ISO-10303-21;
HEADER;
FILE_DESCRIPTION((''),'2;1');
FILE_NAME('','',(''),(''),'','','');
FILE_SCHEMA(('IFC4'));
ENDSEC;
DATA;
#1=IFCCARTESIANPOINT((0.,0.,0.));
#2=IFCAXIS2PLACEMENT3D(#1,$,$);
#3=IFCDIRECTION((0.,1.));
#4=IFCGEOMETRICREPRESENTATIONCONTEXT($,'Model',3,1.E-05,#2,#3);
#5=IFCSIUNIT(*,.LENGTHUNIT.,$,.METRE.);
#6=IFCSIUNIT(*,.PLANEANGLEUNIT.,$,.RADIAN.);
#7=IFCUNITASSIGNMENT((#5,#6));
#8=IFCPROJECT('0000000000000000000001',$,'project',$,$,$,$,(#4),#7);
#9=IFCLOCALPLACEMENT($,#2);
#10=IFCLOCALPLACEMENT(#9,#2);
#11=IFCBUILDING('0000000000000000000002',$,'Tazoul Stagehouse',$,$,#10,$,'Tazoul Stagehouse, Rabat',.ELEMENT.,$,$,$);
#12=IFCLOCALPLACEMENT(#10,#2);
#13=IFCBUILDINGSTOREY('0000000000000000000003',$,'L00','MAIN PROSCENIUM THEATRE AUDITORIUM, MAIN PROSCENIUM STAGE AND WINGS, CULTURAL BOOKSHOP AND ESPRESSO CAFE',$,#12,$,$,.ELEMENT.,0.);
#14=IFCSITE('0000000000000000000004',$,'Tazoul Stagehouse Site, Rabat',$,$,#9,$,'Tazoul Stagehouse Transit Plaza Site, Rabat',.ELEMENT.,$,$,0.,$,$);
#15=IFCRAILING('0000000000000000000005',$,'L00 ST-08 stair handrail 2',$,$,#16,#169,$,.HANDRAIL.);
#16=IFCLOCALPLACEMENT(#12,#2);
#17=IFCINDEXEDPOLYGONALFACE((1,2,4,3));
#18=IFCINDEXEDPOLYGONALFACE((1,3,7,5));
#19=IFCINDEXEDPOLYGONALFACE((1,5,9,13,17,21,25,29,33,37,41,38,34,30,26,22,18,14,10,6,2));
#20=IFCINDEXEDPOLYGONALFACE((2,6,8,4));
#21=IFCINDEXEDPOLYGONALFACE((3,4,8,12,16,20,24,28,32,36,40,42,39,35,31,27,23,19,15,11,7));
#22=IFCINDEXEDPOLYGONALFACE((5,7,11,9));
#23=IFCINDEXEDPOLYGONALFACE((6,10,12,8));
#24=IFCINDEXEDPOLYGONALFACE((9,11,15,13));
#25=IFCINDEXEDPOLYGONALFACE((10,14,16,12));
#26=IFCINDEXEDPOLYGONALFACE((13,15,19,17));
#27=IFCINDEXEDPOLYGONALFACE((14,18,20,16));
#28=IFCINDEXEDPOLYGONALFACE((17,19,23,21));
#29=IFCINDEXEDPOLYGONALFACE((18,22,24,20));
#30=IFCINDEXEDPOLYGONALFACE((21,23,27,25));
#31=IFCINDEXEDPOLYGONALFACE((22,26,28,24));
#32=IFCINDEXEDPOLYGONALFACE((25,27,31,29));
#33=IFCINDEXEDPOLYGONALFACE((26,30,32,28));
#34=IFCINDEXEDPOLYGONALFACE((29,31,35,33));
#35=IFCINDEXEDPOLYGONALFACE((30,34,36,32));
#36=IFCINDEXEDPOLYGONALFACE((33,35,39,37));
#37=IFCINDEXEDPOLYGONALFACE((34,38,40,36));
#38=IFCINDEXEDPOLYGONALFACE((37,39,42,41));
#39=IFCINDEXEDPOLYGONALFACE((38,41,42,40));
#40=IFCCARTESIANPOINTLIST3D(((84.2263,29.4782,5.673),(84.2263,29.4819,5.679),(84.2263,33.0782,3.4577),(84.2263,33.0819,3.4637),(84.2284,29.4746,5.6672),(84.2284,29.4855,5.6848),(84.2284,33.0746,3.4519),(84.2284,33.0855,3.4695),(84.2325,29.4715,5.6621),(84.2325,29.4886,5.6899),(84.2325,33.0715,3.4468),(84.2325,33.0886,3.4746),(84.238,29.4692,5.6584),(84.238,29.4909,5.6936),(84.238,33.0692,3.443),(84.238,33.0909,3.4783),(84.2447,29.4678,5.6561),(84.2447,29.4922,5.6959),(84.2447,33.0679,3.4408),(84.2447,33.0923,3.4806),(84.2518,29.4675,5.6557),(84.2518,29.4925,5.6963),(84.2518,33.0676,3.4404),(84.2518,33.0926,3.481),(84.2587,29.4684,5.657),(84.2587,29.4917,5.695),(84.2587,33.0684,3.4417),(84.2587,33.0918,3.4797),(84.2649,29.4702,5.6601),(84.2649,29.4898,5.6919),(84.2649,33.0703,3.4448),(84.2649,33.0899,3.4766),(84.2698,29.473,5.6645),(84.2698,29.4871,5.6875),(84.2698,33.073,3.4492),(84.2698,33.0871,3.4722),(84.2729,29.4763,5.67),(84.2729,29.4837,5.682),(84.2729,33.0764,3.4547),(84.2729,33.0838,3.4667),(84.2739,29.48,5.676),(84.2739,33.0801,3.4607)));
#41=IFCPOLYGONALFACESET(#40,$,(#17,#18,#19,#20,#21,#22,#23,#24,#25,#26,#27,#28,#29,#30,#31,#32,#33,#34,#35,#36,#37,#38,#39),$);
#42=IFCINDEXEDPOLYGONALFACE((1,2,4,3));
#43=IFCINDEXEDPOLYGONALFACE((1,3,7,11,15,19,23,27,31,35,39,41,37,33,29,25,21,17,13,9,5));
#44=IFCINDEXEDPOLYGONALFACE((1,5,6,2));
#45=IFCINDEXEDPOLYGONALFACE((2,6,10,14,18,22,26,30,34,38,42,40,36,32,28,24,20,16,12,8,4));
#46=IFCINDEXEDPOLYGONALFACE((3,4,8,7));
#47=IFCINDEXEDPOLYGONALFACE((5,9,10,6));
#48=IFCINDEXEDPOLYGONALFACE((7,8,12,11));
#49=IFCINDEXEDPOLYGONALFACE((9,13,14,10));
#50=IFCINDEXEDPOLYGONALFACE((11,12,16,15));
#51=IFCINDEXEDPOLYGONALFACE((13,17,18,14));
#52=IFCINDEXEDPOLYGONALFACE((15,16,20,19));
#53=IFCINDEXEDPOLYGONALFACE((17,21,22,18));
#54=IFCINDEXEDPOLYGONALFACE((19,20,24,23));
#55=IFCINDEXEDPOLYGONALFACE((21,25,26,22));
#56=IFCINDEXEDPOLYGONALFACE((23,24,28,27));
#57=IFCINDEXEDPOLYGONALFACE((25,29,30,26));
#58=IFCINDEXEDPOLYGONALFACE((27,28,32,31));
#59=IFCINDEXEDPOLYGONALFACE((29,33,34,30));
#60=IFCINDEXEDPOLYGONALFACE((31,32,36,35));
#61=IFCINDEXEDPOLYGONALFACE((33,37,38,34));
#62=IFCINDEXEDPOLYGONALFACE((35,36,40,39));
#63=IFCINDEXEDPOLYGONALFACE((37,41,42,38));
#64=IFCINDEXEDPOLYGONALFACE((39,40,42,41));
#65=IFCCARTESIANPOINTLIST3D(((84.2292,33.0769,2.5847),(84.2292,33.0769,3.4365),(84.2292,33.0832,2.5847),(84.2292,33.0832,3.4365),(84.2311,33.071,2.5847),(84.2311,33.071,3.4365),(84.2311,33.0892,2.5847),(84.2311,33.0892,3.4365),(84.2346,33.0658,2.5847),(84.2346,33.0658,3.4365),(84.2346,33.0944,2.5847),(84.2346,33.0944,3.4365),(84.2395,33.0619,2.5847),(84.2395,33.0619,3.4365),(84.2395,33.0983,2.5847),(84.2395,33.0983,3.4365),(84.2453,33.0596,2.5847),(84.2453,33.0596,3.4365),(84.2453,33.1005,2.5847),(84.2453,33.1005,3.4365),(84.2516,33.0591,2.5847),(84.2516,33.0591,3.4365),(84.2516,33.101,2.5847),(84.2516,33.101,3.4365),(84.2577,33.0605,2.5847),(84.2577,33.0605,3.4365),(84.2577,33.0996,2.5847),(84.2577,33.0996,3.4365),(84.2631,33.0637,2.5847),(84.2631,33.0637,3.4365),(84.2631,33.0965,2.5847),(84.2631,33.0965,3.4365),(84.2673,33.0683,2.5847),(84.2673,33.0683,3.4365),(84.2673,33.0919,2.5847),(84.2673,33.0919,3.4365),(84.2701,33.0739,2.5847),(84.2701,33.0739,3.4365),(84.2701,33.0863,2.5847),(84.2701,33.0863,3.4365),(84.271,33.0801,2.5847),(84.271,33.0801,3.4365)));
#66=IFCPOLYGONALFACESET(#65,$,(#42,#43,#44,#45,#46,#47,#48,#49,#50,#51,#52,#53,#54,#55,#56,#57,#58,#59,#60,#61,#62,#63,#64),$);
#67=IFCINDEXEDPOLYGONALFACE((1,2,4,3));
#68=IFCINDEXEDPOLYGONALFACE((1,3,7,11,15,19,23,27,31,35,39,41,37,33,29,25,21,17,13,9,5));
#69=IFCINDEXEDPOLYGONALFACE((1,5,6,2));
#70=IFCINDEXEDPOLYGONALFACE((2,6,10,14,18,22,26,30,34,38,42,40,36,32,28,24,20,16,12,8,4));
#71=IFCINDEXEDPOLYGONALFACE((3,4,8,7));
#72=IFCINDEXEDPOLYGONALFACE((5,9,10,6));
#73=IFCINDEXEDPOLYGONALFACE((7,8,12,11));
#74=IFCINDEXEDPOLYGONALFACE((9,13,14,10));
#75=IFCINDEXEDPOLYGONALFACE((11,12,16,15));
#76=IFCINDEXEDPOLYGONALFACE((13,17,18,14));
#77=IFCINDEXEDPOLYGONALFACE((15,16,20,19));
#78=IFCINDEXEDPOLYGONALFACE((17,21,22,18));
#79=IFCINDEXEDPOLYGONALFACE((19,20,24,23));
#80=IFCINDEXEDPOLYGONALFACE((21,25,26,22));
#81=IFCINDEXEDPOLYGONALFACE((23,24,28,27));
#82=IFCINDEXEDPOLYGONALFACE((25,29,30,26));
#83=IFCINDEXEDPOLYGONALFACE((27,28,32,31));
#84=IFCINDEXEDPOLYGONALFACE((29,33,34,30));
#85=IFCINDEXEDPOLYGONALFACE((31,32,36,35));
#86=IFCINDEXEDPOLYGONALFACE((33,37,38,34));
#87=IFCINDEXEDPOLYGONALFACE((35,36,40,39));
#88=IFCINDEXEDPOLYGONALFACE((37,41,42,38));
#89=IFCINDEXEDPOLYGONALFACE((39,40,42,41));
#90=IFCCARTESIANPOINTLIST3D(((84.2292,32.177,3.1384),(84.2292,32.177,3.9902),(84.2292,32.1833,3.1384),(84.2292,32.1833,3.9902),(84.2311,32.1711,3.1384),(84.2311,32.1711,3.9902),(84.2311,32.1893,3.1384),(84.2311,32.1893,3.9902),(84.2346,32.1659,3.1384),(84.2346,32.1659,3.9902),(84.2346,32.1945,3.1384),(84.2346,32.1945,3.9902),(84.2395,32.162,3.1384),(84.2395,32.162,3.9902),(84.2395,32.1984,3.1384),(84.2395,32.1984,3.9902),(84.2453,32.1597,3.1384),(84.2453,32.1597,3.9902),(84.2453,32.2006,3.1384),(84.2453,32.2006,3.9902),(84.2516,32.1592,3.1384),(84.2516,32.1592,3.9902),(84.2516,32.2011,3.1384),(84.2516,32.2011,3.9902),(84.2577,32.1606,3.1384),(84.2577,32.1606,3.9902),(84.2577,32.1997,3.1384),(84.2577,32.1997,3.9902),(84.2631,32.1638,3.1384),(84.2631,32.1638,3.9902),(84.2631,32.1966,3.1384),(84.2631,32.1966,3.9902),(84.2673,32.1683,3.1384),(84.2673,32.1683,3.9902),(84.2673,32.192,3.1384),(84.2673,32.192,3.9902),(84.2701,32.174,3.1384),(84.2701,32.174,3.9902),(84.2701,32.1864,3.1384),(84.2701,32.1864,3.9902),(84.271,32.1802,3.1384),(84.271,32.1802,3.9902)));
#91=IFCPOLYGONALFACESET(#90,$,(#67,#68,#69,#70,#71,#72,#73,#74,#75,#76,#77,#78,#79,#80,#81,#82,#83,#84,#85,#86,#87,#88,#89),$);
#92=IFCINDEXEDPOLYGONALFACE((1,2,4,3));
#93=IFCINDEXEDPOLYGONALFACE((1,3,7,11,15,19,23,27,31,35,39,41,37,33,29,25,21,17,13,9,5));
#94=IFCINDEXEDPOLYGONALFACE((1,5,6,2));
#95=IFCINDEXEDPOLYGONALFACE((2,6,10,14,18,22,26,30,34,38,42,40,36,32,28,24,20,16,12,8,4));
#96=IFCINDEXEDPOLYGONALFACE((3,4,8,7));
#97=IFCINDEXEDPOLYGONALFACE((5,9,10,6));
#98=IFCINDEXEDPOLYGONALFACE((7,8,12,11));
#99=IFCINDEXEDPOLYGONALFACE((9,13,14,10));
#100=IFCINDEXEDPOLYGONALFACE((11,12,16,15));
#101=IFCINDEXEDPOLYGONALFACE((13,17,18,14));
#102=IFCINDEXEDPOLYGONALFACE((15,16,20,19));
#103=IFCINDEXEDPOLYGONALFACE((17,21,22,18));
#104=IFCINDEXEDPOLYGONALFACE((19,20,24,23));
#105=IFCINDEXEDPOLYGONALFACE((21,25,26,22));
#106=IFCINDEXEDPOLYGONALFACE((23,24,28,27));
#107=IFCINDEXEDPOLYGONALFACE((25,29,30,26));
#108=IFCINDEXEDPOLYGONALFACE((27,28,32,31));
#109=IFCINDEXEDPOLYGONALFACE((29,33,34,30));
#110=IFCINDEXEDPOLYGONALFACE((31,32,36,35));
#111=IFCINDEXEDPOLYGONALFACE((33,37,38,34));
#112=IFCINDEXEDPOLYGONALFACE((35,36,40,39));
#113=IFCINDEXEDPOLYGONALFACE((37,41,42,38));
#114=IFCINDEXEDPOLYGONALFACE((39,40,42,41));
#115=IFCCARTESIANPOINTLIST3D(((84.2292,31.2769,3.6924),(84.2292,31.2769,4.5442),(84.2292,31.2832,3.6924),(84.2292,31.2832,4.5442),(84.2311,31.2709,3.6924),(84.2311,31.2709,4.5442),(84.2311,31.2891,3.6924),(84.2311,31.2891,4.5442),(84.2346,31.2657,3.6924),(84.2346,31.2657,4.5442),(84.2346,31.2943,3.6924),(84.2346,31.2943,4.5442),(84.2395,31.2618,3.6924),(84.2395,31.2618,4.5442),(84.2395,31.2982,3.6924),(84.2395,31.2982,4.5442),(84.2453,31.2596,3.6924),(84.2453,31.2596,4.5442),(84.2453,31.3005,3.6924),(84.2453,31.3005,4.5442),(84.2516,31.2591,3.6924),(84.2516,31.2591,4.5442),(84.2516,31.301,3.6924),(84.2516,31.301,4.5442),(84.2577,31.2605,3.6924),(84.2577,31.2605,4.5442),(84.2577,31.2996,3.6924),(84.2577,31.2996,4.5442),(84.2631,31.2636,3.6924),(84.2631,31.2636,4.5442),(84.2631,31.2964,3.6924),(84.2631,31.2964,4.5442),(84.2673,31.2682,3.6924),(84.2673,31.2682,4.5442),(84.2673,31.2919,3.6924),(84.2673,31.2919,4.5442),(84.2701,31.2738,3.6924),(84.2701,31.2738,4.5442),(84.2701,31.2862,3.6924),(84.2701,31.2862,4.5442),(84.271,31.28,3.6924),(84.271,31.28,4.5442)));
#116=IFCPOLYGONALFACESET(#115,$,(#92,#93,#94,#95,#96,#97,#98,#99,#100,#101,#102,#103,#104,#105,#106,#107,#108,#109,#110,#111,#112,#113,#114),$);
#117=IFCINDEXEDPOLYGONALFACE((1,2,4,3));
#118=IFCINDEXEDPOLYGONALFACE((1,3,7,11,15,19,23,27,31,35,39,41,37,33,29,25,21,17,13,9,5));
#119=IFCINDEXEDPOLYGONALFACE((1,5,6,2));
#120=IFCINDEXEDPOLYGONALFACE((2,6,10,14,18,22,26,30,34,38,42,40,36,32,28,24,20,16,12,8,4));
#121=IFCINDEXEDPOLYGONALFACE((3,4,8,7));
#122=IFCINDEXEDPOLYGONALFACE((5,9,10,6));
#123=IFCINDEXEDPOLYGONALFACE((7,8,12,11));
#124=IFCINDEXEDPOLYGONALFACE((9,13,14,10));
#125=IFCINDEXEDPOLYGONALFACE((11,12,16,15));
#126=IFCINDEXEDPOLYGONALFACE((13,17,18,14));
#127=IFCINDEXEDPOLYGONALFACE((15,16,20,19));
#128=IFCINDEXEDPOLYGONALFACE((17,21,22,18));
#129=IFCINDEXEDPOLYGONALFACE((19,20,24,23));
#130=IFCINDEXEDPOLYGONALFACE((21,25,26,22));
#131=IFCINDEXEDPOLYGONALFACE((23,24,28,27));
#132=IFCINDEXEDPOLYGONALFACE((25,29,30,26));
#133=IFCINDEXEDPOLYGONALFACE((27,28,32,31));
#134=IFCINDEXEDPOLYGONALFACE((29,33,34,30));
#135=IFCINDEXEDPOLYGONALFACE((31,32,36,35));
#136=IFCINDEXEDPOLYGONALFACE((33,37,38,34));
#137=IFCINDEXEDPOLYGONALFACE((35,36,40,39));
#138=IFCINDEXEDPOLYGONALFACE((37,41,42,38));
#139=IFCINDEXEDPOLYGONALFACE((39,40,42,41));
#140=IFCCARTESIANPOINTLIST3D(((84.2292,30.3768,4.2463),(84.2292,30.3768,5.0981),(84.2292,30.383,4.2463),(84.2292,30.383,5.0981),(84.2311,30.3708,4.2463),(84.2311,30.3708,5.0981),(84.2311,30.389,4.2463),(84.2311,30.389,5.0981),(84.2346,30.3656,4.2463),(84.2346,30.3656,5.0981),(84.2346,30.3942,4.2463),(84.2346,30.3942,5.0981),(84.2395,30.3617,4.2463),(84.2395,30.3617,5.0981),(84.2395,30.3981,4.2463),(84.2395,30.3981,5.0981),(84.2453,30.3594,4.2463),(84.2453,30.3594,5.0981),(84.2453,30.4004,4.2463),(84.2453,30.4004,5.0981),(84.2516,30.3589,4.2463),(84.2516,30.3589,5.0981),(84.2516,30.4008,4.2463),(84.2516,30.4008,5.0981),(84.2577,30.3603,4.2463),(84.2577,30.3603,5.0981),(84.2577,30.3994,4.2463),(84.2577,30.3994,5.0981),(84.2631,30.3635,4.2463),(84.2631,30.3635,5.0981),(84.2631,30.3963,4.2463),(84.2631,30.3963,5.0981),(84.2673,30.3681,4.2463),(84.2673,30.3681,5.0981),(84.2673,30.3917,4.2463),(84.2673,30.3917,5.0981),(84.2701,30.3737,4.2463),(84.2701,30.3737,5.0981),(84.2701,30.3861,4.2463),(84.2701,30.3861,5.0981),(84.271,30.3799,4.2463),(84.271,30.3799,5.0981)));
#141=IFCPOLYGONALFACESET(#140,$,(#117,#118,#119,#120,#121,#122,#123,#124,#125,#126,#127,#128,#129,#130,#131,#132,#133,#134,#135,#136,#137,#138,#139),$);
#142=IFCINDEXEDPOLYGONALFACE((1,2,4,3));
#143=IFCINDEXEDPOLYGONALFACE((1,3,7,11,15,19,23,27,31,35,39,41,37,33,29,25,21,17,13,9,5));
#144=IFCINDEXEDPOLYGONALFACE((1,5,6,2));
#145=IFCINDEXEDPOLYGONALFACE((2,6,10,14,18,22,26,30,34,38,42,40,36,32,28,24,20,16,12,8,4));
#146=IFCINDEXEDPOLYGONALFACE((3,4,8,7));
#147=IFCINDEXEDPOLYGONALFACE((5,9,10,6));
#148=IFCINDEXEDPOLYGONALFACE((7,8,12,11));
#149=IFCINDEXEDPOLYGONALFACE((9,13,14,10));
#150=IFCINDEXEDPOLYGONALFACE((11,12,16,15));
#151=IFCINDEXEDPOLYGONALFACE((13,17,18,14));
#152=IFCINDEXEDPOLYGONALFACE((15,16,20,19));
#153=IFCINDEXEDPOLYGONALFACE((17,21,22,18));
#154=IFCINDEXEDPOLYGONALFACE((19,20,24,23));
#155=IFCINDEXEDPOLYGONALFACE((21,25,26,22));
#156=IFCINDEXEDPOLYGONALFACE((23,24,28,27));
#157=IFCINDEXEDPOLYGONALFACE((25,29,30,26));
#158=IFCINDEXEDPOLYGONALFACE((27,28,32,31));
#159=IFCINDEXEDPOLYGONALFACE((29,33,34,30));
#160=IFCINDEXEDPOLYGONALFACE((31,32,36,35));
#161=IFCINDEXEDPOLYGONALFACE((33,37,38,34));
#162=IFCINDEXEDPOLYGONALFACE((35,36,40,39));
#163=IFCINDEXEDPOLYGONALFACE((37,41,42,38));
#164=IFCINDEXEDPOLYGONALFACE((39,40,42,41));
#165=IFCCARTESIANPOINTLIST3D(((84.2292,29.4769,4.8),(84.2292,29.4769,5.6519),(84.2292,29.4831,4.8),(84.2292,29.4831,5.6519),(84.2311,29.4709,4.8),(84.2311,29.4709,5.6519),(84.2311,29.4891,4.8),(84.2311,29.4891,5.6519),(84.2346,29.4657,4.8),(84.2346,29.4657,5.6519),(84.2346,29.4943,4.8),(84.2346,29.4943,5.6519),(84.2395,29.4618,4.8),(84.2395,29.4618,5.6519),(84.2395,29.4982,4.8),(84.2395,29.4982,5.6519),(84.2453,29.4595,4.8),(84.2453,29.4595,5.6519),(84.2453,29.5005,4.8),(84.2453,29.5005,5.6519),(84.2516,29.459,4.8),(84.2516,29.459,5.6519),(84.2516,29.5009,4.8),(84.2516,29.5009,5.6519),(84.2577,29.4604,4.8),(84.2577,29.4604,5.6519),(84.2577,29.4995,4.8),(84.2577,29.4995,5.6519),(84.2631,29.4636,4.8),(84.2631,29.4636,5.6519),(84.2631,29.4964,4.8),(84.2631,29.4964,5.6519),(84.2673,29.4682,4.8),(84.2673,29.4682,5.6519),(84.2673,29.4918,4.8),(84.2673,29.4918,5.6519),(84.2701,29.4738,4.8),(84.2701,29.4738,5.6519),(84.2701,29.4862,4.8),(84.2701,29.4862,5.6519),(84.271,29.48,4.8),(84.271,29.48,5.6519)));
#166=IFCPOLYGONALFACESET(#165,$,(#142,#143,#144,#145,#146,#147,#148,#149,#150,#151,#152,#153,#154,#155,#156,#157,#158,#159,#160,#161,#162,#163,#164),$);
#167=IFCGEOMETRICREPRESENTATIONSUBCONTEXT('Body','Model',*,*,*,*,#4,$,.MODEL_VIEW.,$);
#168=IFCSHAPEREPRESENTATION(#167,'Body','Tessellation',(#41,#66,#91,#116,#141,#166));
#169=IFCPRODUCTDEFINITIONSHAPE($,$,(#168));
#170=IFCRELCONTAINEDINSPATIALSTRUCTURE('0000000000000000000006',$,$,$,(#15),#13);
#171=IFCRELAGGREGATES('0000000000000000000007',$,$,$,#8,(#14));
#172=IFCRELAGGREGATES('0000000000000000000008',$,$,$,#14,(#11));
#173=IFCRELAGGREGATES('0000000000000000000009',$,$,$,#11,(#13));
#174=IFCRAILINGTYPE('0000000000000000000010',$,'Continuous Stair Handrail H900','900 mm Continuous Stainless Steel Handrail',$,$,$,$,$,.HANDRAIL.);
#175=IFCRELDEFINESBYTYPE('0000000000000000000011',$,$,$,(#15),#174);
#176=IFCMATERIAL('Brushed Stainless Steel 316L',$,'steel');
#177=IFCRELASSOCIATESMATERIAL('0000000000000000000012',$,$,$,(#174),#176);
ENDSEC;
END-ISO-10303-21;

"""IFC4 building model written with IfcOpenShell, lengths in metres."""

from ifc_helpers import new_model, si_unit, direction, frame, origin, origin_2d, place, context, subcontext, project, spatial, circle, extrude, material, material_profile, profile_set, type_object, element, save


model = new_model("IFC4")

# Units and contexts
model_context = context("Model", 3, precision=1e-05, world=origin(), true_north=direction((0.0, 1.0)))
body_context = subcontext(model_context, "Body", "Model", "MODEL_VIEW")
ifc_project = project(units=[si_unit("LENGTHUNIT", "METRE"), si_unit("PLANEANGLEUNIT", "RADIAN")], contexts=[model_context])

# Site, building, storey
site_placement = place(None, origin())
site = spatial("IfcSite", under=ifc_project, at=site_placement, Name="Tazoul Stagehouse Site, Rabat", LongName="Tazoul Stagehouse Transit Plaza Site, Rabat", CompositionType="ELEMENT", RefElevation=0.0)
building_placement = place(site_placement, origin())
building = spatial("IfcBuilding", under=site, at=building_placement, Name="Tazoul Stagehouse", LongName="Tazoul Stagehouse, Rabat", CompositionType="ELEMENT")
storey_placement = place(building_placement, origin())
storey = spatial("IfcBuildingStorey", under=building, at=storey_placement, Name="L00", Description="MAIN PROSCENIUM THEATRE AUDITORIUM, MAIN PROSCENIUM STAGE AND WINGS, CULTURAL BOOKSHOP AND ESPRESSO CAFE", CompositionType="ELEMENT", Elevation=0.0)

# Railing
ifc_material_1 = material(Name="Brushed Stainless Steel 316L", Category="steel")
ifc_material_profile_1 = material_profile(ifc_material_1, circle(Radius=0.021, at=origin_2d()), Name="SS HANDRAIL D42")
ifc_profile_set_1 = profile_set([ifc_material_profile_1], Name="Brushed Stainless Steel 316L")
railing_type_1 = type_object("IfcRailingType", Name="Continuous Stair Handrail H900", Description="900 mm Continuous Stainless Steel Handrail", PredefinedType="HANDRAIL", material=ifc_profile_set_1)
railing_1_placement = place(storey_placement, frame((84.25, 33.0801, 2.5847)))
element("IfcRailing", 1, at=railing_1_placement, inside=storey, type_object=railing_type_1, Name="L00 ST-08 stair handrail 2", PredefinedType="HANDRAIL", context=body_context, shape_type="SweptSolid", body=[
    extrude(circle(Radius=0.0239, at=origin_2d()), frame((0.0, 0.0, 0.876), z_axis=(0.0, -0.85167, 0.524078), x_axis=(1.0, 0.0, 0.0)), (0.0, 0.0, 1.0), 4.2271),
    extrude(circle(Radius=0.021, at=origin_2d()), origin(), (0.0, 0.0, 1.0), 0.8518),
    extrude(circle(Radius=0.021, at=origin_2d()), frame((0.0, -0.8999, 0.5537)), (0.0, 0.0, 1.0), 0.8518),
    extrude(circle(Radius=0.021, at=origin_2d()), frame((0.0, -1.8, 1.1077)), (0.0, 0.0, 1.0), 0.8518),
    extrude(circle(Radius=0.021, at=origin_2d()), frame((0.0, -2.7002, 1.6616)), (0.0, 0.0, 1.0), 0.8518),
    extrude(circle(Radius=0.021, at=origin_2d()), frame((0.0, -3.6001, 2.2153)), (0.0, 0.0, 1.0), 0.8518),
])

save(model, "model.ifc")
